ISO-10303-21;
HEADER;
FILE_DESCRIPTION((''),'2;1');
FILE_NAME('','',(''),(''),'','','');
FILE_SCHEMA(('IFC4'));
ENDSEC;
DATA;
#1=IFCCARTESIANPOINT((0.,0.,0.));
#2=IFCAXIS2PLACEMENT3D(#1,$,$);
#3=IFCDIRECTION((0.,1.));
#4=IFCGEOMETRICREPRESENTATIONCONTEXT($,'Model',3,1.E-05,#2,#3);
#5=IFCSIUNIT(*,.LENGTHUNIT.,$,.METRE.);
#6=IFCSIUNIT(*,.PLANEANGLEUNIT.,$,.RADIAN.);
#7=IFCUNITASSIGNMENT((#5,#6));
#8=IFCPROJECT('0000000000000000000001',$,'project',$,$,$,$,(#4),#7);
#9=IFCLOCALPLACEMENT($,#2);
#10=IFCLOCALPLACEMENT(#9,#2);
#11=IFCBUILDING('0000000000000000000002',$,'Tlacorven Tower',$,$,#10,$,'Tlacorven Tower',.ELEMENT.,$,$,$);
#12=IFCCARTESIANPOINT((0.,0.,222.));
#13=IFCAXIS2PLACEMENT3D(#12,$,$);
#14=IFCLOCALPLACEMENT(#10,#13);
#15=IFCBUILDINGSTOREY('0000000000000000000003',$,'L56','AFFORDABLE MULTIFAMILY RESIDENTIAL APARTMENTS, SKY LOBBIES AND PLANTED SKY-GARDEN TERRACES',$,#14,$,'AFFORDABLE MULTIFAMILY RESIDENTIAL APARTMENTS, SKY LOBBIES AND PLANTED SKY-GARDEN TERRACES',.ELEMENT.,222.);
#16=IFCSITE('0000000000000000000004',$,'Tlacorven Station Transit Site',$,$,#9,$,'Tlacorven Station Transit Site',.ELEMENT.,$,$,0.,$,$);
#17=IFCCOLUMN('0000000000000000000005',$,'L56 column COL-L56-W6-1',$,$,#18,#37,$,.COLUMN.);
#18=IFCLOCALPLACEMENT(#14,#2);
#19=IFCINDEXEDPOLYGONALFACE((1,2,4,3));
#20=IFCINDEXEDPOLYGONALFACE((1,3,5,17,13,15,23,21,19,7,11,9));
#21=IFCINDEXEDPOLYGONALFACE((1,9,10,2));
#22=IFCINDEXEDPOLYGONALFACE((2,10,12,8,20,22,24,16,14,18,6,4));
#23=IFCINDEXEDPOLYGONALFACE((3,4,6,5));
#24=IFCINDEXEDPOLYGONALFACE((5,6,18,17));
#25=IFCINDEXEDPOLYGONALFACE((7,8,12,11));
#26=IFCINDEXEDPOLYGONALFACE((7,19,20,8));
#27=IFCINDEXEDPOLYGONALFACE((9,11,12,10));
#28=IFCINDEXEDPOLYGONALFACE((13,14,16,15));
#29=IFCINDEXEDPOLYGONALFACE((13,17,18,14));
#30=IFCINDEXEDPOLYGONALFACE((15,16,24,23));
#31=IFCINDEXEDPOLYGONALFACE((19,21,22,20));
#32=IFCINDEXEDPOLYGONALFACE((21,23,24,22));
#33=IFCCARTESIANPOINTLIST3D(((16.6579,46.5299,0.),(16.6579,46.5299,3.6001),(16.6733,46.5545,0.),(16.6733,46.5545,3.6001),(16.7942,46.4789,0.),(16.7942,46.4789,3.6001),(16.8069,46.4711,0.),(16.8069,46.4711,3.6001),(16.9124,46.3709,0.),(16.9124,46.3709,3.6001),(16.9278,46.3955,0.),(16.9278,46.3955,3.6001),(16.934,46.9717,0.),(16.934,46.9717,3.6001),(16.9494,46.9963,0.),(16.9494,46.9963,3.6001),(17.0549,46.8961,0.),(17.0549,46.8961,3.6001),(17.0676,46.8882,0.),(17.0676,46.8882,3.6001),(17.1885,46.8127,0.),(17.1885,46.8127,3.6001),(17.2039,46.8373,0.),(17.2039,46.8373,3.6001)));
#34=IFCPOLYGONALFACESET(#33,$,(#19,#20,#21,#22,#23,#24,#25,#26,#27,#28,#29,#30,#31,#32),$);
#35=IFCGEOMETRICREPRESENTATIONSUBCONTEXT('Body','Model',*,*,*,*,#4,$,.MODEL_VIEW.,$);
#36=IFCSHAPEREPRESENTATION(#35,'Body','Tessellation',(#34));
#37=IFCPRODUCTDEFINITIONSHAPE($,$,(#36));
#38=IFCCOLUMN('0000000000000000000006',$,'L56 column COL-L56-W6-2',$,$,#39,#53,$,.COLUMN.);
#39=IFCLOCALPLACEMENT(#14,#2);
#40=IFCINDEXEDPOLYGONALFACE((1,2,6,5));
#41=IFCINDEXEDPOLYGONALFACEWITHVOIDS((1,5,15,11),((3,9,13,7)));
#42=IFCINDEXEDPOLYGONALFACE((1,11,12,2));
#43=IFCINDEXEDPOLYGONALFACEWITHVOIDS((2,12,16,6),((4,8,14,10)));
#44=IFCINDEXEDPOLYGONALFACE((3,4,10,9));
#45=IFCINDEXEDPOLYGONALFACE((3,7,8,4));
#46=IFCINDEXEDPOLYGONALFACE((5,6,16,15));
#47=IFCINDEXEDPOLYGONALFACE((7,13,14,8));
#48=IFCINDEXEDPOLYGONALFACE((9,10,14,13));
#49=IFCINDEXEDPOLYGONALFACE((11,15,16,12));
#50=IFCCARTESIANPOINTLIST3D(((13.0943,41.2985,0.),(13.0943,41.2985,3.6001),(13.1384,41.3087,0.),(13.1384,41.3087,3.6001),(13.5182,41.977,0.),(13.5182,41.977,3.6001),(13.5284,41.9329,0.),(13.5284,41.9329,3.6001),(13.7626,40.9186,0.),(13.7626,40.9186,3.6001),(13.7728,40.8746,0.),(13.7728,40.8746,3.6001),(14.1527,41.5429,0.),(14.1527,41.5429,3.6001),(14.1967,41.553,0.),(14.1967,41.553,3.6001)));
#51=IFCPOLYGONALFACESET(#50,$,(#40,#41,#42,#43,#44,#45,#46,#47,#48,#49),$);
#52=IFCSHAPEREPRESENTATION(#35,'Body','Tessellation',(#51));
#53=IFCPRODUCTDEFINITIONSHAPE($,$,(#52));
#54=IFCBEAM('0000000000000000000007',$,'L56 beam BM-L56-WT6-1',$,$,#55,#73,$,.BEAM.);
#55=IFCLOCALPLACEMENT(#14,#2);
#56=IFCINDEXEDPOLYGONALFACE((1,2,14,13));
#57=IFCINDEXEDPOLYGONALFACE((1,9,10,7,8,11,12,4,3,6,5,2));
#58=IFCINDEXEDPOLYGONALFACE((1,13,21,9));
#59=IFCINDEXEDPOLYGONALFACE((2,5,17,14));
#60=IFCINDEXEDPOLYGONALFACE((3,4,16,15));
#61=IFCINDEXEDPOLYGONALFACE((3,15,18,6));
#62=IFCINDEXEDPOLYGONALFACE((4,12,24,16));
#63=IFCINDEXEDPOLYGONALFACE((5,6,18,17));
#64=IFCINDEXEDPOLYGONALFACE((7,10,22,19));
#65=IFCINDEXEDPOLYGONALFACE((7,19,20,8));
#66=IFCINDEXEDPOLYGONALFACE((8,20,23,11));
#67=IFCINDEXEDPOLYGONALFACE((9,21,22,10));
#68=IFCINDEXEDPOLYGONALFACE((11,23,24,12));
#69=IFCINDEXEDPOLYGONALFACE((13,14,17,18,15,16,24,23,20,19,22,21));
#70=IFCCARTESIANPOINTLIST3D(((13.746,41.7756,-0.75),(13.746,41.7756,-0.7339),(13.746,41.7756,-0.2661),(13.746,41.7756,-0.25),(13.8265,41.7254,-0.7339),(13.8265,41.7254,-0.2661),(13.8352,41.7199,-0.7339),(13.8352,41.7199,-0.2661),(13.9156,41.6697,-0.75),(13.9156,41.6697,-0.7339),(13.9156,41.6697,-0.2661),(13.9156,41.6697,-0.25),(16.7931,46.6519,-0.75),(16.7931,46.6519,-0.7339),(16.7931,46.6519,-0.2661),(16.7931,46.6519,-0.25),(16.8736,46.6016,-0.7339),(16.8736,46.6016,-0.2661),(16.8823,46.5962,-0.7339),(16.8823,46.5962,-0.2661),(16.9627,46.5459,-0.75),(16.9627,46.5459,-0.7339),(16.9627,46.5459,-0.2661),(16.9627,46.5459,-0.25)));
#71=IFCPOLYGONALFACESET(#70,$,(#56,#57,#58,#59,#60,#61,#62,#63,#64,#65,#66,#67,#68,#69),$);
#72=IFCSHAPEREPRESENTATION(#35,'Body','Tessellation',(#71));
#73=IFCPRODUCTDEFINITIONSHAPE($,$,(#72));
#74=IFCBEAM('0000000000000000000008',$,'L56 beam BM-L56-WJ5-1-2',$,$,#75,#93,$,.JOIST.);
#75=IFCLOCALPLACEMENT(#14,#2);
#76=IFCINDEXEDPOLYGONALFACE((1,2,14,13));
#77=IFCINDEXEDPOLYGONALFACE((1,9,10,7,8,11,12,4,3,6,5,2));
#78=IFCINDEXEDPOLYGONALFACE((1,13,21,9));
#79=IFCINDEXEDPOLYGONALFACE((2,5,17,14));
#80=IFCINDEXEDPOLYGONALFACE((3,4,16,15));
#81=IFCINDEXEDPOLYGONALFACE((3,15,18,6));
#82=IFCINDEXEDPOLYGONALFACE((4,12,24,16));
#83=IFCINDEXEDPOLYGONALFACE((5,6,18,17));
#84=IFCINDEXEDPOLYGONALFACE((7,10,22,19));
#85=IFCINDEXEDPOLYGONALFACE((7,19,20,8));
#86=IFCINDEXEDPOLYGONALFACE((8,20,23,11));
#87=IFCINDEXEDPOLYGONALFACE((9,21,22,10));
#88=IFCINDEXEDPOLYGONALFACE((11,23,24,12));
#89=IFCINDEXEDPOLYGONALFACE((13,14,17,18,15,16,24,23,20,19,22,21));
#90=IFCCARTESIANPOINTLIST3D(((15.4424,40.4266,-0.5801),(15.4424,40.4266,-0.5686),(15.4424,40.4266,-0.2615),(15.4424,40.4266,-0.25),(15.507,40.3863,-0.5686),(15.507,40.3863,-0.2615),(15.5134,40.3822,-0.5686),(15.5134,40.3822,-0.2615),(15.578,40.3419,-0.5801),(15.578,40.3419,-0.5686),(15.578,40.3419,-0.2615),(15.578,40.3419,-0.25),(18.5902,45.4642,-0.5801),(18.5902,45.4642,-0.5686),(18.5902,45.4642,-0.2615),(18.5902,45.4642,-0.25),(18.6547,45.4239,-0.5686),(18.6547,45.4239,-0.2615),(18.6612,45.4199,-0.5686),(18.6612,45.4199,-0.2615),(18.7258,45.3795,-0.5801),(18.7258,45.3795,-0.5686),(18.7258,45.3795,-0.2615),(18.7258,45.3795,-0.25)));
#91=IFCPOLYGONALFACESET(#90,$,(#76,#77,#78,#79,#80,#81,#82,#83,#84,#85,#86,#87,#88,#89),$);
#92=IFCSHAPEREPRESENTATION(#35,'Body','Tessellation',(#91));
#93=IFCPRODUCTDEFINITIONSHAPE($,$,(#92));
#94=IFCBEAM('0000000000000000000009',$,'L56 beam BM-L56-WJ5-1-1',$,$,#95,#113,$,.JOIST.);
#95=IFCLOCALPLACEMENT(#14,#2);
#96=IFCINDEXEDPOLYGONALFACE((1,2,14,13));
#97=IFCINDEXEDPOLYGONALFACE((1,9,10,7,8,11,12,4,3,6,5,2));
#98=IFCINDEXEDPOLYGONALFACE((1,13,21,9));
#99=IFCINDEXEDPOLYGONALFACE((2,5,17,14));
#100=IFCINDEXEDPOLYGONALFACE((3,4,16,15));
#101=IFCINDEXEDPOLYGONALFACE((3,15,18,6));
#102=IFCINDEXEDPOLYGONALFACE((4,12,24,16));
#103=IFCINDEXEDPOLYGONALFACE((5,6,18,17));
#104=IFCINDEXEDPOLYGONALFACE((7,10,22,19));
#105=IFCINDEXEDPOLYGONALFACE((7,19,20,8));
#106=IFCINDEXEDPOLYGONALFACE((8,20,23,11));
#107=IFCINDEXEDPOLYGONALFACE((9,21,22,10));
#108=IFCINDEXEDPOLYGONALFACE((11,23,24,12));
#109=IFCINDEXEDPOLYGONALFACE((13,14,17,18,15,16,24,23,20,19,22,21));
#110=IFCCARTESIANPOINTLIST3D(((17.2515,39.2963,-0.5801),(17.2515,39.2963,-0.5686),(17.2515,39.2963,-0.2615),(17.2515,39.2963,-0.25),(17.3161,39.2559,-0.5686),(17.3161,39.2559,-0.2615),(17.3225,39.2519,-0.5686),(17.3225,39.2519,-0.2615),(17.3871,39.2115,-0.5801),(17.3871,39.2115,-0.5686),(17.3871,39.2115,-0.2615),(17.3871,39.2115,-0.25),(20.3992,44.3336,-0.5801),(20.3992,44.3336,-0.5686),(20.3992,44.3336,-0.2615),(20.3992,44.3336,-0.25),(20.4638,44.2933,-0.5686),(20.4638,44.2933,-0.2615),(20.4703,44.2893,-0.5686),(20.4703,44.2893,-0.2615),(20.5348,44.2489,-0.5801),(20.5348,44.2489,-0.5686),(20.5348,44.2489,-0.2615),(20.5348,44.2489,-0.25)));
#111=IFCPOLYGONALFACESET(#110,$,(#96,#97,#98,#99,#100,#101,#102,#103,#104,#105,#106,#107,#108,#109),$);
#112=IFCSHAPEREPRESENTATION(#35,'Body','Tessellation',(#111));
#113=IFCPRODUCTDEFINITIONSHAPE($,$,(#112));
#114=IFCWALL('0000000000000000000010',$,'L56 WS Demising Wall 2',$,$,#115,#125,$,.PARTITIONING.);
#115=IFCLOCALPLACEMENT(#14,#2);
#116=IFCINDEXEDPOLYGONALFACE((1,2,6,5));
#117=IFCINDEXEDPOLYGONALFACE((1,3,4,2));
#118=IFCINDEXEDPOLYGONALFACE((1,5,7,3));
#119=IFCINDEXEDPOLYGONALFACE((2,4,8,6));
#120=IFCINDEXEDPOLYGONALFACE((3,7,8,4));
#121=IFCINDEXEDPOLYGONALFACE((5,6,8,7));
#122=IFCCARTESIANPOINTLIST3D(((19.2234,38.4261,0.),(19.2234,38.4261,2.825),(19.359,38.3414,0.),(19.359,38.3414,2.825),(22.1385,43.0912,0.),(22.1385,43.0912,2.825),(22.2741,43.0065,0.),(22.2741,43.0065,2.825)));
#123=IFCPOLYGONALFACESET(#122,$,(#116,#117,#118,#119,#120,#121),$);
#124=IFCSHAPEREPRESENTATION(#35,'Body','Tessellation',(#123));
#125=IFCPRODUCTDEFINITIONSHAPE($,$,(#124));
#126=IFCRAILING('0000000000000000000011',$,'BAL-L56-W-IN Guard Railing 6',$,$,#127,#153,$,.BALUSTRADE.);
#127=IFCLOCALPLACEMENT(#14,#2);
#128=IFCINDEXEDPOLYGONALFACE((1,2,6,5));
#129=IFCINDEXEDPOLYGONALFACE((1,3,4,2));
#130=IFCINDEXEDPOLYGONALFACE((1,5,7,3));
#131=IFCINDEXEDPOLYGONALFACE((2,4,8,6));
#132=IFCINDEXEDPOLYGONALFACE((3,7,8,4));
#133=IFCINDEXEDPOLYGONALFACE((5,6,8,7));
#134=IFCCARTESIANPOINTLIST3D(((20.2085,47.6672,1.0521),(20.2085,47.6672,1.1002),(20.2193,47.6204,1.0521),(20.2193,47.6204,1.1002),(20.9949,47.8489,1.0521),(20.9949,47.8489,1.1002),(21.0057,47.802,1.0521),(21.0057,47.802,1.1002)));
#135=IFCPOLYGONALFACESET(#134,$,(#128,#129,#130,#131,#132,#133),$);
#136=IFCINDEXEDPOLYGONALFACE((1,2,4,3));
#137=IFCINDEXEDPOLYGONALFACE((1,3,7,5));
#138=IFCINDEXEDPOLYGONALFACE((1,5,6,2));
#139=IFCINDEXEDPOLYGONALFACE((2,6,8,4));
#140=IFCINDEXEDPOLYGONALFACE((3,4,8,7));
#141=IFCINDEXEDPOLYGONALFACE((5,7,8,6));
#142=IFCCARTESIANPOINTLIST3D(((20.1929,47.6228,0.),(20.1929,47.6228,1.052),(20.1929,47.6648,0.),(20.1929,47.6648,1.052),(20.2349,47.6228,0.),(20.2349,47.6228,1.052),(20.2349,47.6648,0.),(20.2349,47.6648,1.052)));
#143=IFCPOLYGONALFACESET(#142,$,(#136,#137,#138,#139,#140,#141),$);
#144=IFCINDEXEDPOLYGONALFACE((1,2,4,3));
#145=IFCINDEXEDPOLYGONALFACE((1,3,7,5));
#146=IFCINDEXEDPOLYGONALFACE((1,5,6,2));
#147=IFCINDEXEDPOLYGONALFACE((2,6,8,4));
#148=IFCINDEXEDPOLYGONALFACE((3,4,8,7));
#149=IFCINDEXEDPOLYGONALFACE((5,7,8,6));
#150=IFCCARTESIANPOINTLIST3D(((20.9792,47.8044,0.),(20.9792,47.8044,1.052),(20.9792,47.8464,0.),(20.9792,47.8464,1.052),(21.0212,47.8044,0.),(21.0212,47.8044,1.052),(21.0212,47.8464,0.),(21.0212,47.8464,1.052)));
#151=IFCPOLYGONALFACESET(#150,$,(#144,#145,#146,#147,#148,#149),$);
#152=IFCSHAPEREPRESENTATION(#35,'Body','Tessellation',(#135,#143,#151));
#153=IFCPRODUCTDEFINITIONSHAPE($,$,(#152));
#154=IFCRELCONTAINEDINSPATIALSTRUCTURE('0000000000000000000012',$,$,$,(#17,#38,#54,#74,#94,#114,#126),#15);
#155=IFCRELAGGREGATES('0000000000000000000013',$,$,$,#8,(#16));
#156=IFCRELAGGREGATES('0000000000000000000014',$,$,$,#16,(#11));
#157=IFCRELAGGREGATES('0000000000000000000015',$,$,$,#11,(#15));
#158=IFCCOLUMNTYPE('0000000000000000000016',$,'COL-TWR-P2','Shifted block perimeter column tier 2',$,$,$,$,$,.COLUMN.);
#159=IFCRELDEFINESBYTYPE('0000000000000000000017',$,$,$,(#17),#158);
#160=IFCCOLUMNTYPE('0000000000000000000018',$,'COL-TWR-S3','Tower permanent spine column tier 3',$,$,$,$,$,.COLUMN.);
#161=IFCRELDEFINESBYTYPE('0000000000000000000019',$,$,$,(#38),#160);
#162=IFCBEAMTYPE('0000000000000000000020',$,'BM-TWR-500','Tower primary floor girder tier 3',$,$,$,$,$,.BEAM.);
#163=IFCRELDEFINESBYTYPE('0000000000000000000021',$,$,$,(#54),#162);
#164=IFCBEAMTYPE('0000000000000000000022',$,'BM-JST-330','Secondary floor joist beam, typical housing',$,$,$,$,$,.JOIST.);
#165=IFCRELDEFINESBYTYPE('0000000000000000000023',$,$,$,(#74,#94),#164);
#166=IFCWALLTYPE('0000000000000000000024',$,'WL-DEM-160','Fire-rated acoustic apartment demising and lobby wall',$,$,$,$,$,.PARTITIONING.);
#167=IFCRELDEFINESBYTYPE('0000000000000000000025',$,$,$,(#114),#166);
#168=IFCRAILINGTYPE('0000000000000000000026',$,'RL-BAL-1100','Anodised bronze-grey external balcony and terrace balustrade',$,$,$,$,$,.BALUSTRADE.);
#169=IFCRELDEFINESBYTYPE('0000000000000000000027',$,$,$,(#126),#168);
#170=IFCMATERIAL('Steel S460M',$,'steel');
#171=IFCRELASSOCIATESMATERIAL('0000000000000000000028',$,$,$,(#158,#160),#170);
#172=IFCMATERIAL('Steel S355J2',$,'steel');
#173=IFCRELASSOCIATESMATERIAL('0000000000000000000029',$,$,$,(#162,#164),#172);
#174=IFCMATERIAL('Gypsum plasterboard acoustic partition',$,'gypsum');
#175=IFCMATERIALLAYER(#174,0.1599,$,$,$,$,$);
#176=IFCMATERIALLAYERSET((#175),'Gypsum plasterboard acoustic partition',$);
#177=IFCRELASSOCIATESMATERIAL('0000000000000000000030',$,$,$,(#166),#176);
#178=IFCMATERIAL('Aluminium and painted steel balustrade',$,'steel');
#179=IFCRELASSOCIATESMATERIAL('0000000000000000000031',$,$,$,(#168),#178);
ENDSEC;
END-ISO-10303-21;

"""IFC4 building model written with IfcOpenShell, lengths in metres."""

from ifc_helpers import new_model, si_unit, direction, frame, frame_2d, origin, origin_2d, place, context, subcontext, project, spatial, rectangle, hollow_rectangle, i_section, extrude, source, transform, mapped, material, layer, layer_set, material_profile, profile_set, type_object, element, save


model = new_model("IFC4")

# Units and contexts
model_context = context("Model", 3, precision=1e-05, world=origin(), true_north=direction((0.0, 1.0)))
body_context = subcontext(model_context, "Body", "Model", "MODEL_VIEW")
ifc_project = project(units=[si_unit("LENGTHUNIT", "METRE"), si_unit("PLANEANGLEUNIT", "RADIAN")], contexts=[model_context])

# Site, building, storey
site_placement = place(None, origin())
site = spatial("IfcSite", under=ifc_project, at=site_placement, Name="Tlacorven Station Transit Site", LongName="Tlacorven Station Transit Site", CompositionType="ELEMENT", RefElevation=0.0)
building_placement = place(site_placement, origin())
building = spatial("IfcBuilding", under=site, at=building_placement, Name="Tlacorven Tower", LongName="Tlacorven Tower", CompositionType="ELEMENT")
storey_placement = place(building_placement, frame((0.0, 0.0, 222.0)))
storey = spatial("IfcBuildingStorey", under=building, at=storey_placement, Name="L56", Description="AFFORDABLE MULTIFAMILY RESIDENTIAL APARTMENTS, SKY LOBBIES AND PLANTED SKY-GARDEN TERRACES", LongName="AFFORDABLE MULTIFAMILY RESIDENTIAL APARTMENTS, SKY LOBBIES AND PLANTED SKY-GARDEN TERRACES", CompositionType="ELEMENT", Elevation=222.0)

# Columns
ifc_material_1 = material(Name="Steel S460M", Category="steel")
ifc_material_profile_1 = material_profile(ifc_material_1, i_section(OverallWidth=0.3, OverallDepth=0.55, WebThickness=0.0149, FlangeThickness=0.0291, at=origin_2d()), Name="HEB 550")
ifc_profile_set_1 = profile_set([ifc_material_profile_1], Name="Steel S460M")
column_type_1 = type_object("IfcColumnType", Name="COL-TWR-P2", Description="Shifted block perimeter column tier 2", PredefinedType="COLUMN", material=ifc_profile_set_1)
shared_shape_1 = source(origin(), body_context, "Body", "SweptSolid", [
    extrude(i_section(OverallWidth=0.3, OverallDepth=0.55, WebThickness=0.0149, FlangeThickness=0.0291, at=origin_2d()), origin(), (0.0, 0.0, 1.0), 3.6001),
])
column_1_placement = place(storey_placement, frame((16.9309, 46.6836, 0.0), z_axis=(0.0, 0.0, 1.0), x_axis=(-0.848048, 0.529919, 0.0)))
element("IfcColumn", 1, at=column_1_placement, inside=storey, type_object=column_type_1, Name="L56 column COL-L56-W6-1", PredefinedType="COLUMN", context=body_context, shape_type="MappedRepresentation", body=[
    mapped(shared_shape_1, transform((0.0, 0.0, 0.0), scale=1.0)),
])
ifc_material_profile_2 = material_profile(ifc_material_1, hollow_rectangle(XDim=0.8, YDim=0.8, WallThickness=0.032, at=origin_2d()), Name="BOX 800X800X32")
ifc_profile_set_2 = profile_set([ifc_material_profile_2], Name="Steel S460M")
column_type_2 = type_object("IfcColumnType", Name="COL-TWR-S3", Description="Tower permanent spine column tier 3", PredefinedType="COLUMN", material=ifc_profile_set_2)
shared_shape_2 = source(origin(), body_context, "Body", "SweptSolid", [
    extrude(hollow_rectangle(XDim=0.8, YDim=0.8, WallThickness=0.032, at=origin_2d()), origin(), (0.0, 0.0, 1.0), 3.6001),
])
column_2_placement = place(storey_placement, frame((13.6455, 41.4258, 0.0), z_axis=(0.0, 0.0, 1.0), x_axis=(-0.848048, 0.529919, 0.0)))
element("IfcColumn", 2, at=column_2_placement, inside=storey, type_object=column_type_2, Name="L56 column COL-L56-W6-2", PredefinedType="COLUMN", context=body_context, shape_type="MappedRepresentation", body=[
    mapped(shared_shape_2, transform((0.0, 0.0, 0.0), scale=1.0)),
])

# Beams
ifc_material_2 = material(Name="Steel S355J2", Category="steel")
ifc_material_profile_3 = material_profile(ifc_material_2, i_section(OverallWidth=0.2, OverallDepth=0.5, WebThickness=0.0103, FlangeThickness=0.0161, at=origin_2d()), Name="IPE 500")
ifc_profile_set_3 = profile_set([ifc_material_profile_3], Name="Steel S355J2")
beam_type_1 = type_object("IfcBeamType", Name="BM-TWR-500", Description="Tower primary floor girder tier 3", PredefinedType="BEAM", material=ifc_profile_set_3)
shared_shape_3 = source(origin(), body_context, "Body", "SweptSolid", [
    extrude(i_section(OverallWidth=0.2, OverallDepth=0.5, WebThickness=0.0103, FlangeThickness=0.0161, at=origin_2d()), origin(), (0.0, 0.0, 1.0), 5.75),
])
beam_1_placement = place(storey_placement, frame((16.8779, 46.5989, -0.5), z_axis=(-0.529934, -0.848039, 0.0), x_axis=(0.848039, -0.529934, 0.0)))
element("IfcBeam", 3, at=beam_1_placement, inside=storey, type_object=beam_type_1, Name="L56 beam BM-L56-WT6-1", PredefinedType="BEAM", context=body_context, shape_type="MappedRepresentation", body=[
    mapped(shared_shape_3, transform((0.0, 0.0, 0.0), scale=1.0)),
])
ifc_material_profile_4 = material_profile(ifc_material_2, i_section(OverallWidth=0.1599, OverallDepth=0.3301, WebThickness=0.0076, FlangeThickness=0.0115, at=origin_2d()), Name="IPE 330")
ifc_profile_set_4 = profile_set([ifc_material_profile_4], Name="Steel S355J2")
beam_type_2 = type_object("IfcBeamType", Name="BM-JST-330", Description="Secondary floor joist beam, typical housing", PredefinedType="JOIST", material=ifc_profile_set_4)
shared_shape_4 = source(origin(), body_context, "Body", "SweptSolid", [
    extrude(i_section(OverallWidth=0.1599, OverallDepth=0.3301, WebThickness=0.0076, FlangeThickness=0.0115, at=origin_2d()), origin(), (0.0, 0.0, 1.0), 5.9402),
])
beam_2_placement = place(storey_placement, frame((18.658, 45.4219, -0.415), z_axis=(-0.529903, -0.848058, 0.0), x_axis=(0.848058, -0.529903, 0.0)))
element("IfcBeam", 4, at=beam_2_placement, inside=storey, type_object=beam_type_2, Name="L56 beam BM-L56-WJ5-1-2", PredefinedType="JOIST", context=body_context, shape_type="MappedRepresentation", body=[
    mapped(shared_shape_4, transform((0.0, 0.0, 0.0), scale=1.0)),
])
shared_shape_5 = source(origin(), body_context, "Body", "SweptSolid", [
    extrude(i_section(OverallWidth=0.1599, OverallDepth=0.3301, WebThickness=0.0076, FlangeThickness=0.0115, at=origin_2d()), origin(), (0.0, 0.0, 1.0), 5.9399),
])
beam_3_placement = place(storey_placement, frame((20.467, 44.2913, -0.415), z_axis=(-0.529921, -0.848047, 0.0), x_axis=(0.848047, -0.529921, 0.0)))
element("IfcBeam", 5, at=beam_3_placement, inside=storey, type_object=beam_type_2, Name="L56 beam BM-L56-WJ5-1-1", PredefinedType="JOIST", context=body_context, shape_type="MappedRepresentation", body=[
    mapped(shared_shape_5, transform((0.0, 0.0, 0.0), scale=1.0)),
])

# Wall
ifc_material_3 = material(Name="Gypsum plasterboard acoustic partition", Category="gypsum")
ifc_layer_1 = layer(ifc_material_3, 0.1599)
ifc_layer_set_1 = layer_set([ifc_layer_1], Name="Gypsum plasterboard acoustic partition")
wall_type_1 = type_object("IfcWallType", Name="WL-DEM-160", Description="Fire-rated acoustic apartment demising and lobby wall", PredefinedType="PARTITIONING", material=ifc_layer_set_1)
wall_1_placement = place(storey_placement, frame((22.2063, 43.0488, 0.0), z_axis=(0.0, 0.0, 1.0), x_axis=(-0.529919, -0.848048, 0.0)))
element("IfcWall", 6, at=wall_1_placement, inside=storey, type_object=wall_type_1, Name="L56 WS Demising Wall 2", PredefinedType="PARTITIONING", context=body_context, shape_type="SweptSolid", body=[
    extrude(rectangle(XDim=5.501, YDim=0.1599, at=frame_2d((2.7505, 0.0))), origin(), (0.0, 0.0, 1.0), 2.825),
])

# Railing
ifc_material_4 = material(Name="Aluminium and painted steel balustrade", Category="steel")
railing_type = type_object("IfcRailingType", Name="RL-BAL-1100", Description="Anodised bronze-grey external balcony and terrace balustrade", PredefinedType="BALUSTRADE", material=ifc_material_4)
shared_shape_6 = source(origin(), body_context, "Body", "SweptSolid", [
    extrude(rectangle(XDim=0.0481, YDim=0.0481, at=origin_2d()), frame((0.0, 0.0, 1.0762), z_axis=(0.974345, 0.225058, 0.0), x_axis=(-0.225058, 0.974345, 0.0)), (0.0, 0.0, 1.0), 0.8071),
    extrude(rectangle(XDim=0.042, YDim=0.042, at=origin_2d()), origin(), (0.0, 0.0, 1.0), 1.052),
    extrude(rectangle(XDim=0.042, YDim=0.042, at=origin_2d()), frame((0.7864, 0.1816, 0.0)), (0.0, 0.0, 1.0), 1.052),
])
railing_1_placement = place(storey_placement, frame((20.2139, 47.6438, 0.0)))
element("IfcRailing", 7, at=railing_1_placement, inside=storey, type_object=railing_type, Name="BAL-L56-W-IN Guard Railing 6", PredefinedType="BALUSTRADE", context=body_context, shape_type="MappedRepresentation", body=[
    mapped(shared_shape_6, transform((0.0, 0.0, 0.0), scale=1.0)),
])

save(model, "model.ifc")
